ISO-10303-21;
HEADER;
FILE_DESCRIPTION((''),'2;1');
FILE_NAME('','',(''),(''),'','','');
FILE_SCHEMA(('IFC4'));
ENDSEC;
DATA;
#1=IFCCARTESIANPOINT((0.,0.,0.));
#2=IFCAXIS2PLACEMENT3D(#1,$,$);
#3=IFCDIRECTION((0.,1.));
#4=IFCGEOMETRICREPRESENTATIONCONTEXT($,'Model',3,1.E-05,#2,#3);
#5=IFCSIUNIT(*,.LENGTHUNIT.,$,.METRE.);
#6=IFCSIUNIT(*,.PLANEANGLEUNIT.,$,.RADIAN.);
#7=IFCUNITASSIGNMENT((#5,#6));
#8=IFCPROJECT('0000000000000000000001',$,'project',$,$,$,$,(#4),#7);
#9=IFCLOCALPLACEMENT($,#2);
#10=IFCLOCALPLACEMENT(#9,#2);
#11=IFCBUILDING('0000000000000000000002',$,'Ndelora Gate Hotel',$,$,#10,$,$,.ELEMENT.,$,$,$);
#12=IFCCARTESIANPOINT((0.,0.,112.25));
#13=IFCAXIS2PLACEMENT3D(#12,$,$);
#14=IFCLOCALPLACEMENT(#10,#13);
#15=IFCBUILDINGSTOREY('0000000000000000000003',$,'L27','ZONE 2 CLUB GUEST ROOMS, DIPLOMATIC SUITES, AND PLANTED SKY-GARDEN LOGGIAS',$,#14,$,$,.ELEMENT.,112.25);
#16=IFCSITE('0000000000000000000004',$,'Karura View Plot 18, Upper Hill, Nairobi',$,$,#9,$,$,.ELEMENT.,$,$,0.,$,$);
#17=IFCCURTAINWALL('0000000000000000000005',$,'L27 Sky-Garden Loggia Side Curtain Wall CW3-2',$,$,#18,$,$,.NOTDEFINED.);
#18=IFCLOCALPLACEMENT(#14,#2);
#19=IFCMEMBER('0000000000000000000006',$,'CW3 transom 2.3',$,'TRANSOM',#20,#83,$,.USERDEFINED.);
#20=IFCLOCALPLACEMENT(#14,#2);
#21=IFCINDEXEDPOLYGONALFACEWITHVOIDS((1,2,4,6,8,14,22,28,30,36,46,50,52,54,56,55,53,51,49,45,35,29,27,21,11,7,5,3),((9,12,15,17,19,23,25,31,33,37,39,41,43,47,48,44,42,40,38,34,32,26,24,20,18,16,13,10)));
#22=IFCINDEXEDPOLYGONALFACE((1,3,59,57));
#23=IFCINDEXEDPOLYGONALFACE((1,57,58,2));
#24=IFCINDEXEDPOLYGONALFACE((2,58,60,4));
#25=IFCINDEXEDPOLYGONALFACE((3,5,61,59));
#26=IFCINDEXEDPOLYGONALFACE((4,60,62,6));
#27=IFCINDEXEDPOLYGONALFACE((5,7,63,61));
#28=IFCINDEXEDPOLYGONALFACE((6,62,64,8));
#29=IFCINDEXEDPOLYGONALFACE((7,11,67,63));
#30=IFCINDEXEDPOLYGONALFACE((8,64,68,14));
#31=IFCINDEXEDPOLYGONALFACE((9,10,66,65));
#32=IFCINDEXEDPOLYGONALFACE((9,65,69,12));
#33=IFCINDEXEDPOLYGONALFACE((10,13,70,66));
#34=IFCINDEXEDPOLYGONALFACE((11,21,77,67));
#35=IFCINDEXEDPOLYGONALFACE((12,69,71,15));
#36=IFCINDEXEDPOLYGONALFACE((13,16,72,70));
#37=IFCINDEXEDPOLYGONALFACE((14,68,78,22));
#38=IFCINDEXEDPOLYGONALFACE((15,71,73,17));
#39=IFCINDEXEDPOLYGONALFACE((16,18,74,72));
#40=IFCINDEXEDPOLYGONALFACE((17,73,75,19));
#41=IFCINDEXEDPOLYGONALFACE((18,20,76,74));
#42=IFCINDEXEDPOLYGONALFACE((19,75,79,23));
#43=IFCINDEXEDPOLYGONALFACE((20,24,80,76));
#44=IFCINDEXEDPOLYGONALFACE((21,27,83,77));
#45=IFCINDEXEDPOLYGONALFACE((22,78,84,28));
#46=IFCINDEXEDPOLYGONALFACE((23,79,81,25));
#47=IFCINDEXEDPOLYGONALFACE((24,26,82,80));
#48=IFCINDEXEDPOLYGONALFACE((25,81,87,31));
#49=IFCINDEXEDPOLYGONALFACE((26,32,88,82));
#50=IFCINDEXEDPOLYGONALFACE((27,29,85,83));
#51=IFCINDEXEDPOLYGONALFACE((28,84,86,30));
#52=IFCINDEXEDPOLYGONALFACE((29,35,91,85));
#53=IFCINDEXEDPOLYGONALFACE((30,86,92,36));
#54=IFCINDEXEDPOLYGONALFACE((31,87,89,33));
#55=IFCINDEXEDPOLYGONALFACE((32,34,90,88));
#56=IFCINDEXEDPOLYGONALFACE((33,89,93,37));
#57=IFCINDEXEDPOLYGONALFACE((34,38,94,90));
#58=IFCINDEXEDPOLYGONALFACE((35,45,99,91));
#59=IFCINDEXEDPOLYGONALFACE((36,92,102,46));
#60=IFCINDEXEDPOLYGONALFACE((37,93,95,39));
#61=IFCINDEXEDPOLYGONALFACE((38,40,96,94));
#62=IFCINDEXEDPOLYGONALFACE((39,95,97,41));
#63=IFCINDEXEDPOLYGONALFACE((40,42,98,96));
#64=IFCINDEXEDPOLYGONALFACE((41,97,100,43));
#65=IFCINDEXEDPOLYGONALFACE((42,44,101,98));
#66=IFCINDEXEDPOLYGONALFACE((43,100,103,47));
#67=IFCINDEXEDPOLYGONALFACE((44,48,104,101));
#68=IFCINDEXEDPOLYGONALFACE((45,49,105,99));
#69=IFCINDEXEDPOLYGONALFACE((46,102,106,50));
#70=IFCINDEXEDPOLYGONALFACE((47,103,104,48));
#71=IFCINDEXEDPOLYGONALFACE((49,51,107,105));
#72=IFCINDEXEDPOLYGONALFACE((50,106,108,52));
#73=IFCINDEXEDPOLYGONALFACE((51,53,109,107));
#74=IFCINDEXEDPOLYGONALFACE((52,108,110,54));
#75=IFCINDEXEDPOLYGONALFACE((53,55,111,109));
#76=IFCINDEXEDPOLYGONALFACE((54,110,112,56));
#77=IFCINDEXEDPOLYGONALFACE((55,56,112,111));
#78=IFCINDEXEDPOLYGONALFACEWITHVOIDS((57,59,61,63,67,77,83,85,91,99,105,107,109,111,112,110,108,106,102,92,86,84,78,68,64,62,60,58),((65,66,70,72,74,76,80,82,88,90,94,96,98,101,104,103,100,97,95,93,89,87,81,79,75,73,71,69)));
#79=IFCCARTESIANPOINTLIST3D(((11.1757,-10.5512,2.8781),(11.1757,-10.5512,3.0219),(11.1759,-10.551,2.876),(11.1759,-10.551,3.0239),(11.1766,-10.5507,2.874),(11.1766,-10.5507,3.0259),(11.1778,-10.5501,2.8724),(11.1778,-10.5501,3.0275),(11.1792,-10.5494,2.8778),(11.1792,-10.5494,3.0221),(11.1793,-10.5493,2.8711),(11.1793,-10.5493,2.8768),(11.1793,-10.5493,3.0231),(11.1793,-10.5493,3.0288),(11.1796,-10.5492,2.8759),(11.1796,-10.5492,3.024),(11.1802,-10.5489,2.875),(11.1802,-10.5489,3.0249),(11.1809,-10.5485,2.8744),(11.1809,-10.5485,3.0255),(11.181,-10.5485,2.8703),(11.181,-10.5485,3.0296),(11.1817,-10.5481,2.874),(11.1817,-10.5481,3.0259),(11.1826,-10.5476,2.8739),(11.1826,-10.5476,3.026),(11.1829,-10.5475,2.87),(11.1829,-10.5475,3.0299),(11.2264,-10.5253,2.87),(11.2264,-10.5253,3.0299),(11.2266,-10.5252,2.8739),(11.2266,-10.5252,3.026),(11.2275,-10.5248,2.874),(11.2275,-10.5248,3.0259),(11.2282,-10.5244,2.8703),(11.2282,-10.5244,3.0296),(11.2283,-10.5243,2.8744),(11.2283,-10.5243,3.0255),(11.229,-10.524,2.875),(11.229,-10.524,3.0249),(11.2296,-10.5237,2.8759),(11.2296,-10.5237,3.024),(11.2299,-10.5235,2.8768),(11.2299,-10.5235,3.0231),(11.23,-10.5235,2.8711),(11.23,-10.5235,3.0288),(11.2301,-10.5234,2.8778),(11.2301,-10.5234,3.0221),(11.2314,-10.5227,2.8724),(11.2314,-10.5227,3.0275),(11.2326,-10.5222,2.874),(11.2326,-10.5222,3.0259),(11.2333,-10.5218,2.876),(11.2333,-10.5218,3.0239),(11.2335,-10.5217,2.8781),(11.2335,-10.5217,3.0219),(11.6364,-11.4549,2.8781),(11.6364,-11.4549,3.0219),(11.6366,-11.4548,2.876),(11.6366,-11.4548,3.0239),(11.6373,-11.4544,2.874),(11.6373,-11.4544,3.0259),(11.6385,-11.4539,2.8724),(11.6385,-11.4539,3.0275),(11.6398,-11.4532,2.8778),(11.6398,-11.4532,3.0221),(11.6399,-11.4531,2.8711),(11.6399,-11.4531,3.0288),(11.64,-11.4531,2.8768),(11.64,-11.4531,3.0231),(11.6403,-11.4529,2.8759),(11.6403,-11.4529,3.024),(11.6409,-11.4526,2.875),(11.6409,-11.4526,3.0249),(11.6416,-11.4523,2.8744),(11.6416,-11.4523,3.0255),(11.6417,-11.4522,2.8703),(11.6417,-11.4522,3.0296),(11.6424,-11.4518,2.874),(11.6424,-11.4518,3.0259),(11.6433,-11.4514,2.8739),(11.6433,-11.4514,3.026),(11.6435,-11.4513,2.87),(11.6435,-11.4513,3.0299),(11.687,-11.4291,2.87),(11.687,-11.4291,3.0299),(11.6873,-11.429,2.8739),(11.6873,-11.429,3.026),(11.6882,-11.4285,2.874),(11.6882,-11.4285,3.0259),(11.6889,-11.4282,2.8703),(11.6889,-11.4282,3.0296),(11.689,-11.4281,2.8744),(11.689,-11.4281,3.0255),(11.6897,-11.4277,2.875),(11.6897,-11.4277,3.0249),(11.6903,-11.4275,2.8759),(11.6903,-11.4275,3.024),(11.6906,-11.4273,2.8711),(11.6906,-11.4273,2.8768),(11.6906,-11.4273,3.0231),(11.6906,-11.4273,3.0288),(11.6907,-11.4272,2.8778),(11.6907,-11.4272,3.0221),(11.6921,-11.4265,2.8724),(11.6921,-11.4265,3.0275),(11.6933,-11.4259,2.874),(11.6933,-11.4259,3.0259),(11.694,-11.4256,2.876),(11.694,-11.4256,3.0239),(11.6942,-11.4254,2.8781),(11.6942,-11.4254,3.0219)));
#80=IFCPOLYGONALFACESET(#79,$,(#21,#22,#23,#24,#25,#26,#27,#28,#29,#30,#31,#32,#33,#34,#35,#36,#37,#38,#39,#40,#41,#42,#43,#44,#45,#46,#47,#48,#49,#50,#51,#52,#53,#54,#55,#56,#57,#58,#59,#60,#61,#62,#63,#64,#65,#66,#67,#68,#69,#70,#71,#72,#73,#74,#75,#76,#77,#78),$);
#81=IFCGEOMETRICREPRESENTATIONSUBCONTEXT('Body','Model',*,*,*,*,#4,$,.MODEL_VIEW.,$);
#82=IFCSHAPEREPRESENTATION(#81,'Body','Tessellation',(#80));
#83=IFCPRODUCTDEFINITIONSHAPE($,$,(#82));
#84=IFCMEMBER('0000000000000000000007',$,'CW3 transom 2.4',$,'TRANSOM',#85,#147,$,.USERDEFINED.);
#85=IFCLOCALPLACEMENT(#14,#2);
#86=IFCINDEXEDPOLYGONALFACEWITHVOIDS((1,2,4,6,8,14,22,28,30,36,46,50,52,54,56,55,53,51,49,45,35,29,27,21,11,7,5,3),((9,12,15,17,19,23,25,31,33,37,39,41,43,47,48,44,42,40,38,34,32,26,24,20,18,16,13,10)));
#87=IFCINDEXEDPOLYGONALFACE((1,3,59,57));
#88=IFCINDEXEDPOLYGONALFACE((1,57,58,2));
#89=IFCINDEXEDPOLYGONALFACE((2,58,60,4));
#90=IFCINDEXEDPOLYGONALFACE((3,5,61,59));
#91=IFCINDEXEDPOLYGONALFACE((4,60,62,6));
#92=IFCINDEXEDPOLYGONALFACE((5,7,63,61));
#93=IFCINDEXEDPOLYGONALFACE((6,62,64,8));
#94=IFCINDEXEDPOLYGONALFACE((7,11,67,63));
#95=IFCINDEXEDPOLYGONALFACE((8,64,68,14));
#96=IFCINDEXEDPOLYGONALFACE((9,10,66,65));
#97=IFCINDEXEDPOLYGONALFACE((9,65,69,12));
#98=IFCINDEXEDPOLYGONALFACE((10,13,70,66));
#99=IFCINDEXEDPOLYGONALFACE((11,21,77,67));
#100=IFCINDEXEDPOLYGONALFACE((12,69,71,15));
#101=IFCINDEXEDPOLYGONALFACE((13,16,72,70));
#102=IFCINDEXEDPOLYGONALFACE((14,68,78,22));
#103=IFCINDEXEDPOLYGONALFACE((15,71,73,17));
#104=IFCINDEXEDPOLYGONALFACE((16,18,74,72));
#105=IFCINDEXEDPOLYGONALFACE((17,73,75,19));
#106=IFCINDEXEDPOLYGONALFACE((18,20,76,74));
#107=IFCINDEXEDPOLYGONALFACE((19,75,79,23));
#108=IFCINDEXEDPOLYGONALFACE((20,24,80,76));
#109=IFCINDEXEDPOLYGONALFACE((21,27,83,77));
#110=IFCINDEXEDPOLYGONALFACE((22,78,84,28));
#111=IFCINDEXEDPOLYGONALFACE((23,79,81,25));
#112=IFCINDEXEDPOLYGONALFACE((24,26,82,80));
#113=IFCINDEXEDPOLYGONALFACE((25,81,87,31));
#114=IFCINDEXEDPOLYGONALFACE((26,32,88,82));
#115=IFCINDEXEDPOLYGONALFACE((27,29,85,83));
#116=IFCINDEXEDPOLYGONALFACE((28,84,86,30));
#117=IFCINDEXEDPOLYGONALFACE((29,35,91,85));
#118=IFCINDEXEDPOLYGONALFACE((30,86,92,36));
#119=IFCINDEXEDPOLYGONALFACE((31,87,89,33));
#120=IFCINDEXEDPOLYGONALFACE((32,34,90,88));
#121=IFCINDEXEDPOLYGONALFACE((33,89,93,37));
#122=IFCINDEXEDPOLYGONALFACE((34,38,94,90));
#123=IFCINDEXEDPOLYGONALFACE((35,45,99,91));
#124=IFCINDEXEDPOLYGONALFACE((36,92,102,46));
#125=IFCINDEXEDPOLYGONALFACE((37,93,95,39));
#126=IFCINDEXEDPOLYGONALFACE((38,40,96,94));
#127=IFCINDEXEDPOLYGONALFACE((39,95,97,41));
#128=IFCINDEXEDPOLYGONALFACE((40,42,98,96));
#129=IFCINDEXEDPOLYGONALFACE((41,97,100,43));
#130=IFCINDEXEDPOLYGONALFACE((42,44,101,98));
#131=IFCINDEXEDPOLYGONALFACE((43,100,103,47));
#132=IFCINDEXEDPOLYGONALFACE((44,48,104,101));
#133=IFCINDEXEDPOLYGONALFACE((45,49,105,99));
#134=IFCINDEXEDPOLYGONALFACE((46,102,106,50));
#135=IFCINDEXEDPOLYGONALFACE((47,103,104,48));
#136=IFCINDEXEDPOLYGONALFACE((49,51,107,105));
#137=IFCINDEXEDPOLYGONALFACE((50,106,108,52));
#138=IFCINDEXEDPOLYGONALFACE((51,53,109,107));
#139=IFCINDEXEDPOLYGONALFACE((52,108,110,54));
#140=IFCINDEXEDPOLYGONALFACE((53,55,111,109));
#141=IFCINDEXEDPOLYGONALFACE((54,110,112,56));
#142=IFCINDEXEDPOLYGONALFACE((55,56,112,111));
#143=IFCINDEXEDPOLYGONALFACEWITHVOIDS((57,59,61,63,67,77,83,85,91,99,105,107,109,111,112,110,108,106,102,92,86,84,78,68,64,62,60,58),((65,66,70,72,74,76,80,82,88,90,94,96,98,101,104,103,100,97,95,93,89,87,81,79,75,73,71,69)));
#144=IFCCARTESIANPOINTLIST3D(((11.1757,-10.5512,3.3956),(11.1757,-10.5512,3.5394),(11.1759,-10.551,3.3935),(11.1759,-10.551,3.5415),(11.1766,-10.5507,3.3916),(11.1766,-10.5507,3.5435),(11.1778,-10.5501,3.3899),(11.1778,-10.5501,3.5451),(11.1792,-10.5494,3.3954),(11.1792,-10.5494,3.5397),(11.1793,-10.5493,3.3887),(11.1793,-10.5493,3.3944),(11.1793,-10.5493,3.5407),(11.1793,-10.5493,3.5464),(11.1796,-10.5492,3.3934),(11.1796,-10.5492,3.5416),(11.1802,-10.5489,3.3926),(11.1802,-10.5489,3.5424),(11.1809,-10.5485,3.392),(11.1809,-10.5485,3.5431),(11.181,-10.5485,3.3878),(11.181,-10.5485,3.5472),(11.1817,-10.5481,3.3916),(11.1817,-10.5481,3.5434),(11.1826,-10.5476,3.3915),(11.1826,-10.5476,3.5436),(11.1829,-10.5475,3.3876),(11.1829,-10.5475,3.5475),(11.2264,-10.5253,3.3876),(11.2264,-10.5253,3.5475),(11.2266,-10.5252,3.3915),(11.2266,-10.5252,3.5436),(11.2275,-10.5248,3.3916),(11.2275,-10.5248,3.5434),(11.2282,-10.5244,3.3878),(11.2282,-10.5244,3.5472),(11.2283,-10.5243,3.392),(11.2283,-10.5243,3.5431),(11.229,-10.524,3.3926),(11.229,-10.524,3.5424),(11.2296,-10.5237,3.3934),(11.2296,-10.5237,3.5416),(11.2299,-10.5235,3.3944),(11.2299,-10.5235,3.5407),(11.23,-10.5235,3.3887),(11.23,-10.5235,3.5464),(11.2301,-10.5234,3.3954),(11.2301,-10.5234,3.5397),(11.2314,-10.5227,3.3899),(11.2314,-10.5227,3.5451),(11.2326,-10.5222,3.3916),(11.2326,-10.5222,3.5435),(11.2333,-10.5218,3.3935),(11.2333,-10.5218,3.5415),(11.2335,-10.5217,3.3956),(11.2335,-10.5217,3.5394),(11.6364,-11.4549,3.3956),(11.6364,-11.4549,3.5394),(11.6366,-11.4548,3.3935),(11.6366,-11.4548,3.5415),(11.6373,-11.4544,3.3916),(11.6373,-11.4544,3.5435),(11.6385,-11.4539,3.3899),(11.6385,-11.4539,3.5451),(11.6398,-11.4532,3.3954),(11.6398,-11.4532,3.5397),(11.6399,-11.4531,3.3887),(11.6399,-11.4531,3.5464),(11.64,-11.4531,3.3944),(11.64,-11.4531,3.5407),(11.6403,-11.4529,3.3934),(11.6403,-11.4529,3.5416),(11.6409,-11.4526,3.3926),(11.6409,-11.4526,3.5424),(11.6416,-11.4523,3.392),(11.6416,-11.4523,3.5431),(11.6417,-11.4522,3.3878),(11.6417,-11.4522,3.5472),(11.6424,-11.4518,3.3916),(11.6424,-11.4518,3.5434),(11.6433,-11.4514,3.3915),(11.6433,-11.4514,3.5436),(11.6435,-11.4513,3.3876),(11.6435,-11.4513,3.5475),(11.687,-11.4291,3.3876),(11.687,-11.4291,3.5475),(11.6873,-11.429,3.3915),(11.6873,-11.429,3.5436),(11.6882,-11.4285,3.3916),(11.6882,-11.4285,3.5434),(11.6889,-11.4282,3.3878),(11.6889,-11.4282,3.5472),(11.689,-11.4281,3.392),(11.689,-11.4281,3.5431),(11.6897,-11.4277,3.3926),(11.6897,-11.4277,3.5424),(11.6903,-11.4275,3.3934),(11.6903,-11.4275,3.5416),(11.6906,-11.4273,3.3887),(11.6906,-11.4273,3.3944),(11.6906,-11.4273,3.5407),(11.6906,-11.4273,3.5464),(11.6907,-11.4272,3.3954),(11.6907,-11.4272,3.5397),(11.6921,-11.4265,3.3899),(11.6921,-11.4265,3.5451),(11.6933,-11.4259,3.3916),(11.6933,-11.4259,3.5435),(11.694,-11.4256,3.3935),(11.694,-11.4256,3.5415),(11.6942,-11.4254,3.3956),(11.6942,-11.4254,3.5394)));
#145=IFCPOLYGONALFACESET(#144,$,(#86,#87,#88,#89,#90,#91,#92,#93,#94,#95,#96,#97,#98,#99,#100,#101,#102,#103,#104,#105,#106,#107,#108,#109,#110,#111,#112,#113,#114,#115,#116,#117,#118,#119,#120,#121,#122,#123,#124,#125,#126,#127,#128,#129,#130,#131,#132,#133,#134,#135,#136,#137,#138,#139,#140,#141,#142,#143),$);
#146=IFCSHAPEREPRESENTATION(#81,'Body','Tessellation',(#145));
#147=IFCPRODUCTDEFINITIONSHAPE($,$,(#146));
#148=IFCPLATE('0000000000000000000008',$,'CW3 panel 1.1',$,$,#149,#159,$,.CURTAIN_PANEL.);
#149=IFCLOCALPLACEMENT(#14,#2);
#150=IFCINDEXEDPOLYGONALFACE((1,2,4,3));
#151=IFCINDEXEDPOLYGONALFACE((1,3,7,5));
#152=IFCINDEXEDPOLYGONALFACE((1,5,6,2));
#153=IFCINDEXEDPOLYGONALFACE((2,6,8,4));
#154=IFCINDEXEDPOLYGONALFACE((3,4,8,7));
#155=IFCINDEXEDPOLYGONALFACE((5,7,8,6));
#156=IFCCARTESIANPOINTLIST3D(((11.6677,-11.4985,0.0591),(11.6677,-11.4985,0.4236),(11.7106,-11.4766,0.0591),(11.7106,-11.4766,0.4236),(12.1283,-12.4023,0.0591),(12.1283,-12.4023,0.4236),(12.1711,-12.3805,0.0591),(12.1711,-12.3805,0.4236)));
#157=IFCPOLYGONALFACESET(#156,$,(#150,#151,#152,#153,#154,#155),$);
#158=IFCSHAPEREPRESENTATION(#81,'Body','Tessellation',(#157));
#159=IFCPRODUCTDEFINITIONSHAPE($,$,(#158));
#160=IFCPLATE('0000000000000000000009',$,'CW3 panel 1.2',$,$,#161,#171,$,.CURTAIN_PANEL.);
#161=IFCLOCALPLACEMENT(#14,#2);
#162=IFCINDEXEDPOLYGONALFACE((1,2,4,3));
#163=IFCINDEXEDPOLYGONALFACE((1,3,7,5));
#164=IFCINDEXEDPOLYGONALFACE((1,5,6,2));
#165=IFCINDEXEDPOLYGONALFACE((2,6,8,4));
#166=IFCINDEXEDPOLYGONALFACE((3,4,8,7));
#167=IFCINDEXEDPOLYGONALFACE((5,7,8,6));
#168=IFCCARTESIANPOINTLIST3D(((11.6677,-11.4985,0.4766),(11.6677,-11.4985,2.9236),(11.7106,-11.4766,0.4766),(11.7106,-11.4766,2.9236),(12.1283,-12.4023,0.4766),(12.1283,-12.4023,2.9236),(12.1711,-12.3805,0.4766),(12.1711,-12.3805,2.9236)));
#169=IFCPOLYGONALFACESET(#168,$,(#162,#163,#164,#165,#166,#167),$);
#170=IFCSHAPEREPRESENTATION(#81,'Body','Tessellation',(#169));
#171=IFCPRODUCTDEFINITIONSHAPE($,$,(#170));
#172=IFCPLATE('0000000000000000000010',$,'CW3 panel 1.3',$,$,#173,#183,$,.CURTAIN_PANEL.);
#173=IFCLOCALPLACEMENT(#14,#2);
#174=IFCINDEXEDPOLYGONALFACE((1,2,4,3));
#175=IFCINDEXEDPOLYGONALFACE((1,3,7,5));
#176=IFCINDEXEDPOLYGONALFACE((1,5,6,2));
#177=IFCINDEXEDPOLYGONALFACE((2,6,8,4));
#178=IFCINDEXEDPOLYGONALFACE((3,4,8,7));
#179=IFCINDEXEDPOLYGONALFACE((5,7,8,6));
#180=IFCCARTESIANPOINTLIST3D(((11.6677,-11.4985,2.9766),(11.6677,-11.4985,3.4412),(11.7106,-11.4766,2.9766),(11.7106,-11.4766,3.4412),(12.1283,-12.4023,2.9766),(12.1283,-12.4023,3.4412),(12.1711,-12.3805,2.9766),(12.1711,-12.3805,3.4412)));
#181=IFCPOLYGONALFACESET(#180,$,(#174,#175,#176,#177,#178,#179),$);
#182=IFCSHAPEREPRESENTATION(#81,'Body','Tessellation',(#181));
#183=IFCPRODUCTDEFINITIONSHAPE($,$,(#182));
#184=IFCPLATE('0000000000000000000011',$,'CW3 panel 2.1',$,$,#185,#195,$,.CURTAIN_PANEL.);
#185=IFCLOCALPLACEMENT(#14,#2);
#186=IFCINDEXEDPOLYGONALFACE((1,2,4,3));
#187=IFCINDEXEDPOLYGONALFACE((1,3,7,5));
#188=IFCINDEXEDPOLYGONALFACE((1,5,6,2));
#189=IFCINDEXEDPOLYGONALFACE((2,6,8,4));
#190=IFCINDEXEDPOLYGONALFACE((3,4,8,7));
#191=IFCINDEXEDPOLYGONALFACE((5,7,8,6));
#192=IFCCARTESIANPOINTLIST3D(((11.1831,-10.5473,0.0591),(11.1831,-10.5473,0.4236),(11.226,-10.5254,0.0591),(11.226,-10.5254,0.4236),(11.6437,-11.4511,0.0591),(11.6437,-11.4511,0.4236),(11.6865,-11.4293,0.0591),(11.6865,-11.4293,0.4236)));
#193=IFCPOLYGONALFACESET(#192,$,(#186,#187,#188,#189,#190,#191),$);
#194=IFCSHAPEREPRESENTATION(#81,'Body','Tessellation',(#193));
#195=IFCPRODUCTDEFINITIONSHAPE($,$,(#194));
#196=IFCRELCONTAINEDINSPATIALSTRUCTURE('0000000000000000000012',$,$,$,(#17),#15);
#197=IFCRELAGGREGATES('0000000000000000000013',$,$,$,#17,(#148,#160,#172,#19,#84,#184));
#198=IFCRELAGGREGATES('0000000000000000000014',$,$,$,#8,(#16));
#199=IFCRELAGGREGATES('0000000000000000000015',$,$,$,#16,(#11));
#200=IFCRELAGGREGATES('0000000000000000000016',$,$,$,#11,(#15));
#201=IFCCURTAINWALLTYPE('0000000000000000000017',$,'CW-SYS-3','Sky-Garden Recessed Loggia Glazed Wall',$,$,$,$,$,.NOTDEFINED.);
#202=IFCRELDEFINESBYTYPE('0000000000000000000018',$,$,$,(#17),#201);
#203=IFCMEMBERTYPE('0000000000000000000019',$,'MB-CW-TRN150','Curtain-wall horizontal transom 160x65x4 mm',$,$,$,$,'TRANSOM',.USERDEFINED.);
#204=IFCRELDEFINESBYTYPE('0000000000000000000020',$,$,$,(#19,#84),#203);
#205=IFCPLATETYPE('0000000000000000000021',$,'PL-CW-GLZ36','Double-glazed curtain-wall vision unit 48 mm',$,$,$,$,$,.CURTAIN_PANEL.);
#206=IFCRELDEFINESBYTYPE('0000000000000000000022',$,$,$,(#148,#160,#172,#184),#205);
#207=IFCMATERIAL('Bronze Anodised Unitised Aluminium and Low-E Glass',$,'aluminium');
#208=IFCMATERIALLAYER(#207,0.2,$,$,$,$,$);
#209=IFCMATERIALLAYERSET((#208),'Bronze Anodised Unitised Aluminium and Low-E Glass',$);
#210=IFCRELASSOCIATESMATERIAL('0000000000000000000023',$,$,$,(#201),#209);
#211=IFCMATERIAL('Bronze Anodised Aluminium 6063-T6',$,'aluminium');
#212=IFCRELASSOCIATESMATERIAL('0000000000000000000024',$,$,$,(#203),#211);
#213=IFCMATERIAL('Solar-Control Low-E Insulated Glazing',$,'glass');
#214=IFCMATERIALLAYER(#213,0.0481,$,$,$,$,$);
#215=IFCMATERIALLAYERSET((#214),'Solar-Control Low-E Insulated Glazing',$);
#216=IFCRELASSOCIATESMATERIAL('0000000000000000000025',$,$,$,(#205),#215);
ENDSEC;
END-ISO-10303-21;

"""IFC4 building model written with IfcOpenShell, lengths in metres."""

from ifc_helpers import new_model, si_unit, direction, frame, origin, origin_2d, place, context, subcontext, project, spatial, rectangle, hollow_rectangle, extrude, material, layer, layer_set, material_profile, profile_set, type_object, element, aggregate, save


model = new_model("IFC4")

# Units and contexts
model_context = context("Model", 3, precision=1e-05, world=origin(), true_north=direction((0.0, 1.0)))
body_context = subcontext(model_context, "Body", "Model", "MODEL_VIEW")
ifc_project = project(units=[si_unit("LENGTHUNIT", "METRE"), si_unit("PLANEANGLEUNIT", "RADIAN")], contexts=[model_context])

# Site, building, storey
site_placement = place(None, origin())
site = spatial("IfcSite", under=ifc_project, at=site_placement, Name="Karura View Plot 18, Upper Hill, Nairobi", CompositionType="ELEMENT", RefElevation=0.0)
building_placement = place(site_placement, origin())
building = spatial("IfcBuilding", under=site, at=building_placement, Name="Ndelora Gate Hotel", CompositionType="ELEMENT")
storey_placement = place(building_placement, frame((0.0, 0.0, 112.25)))
storey = spatial("IfcBuildingStorey", under=building, at=storey_placement, Name="L27", Description="ZONE 2 CLUB GUEST ROOMS, DIPLOMATIC SUITES, AND PLANTED SKY-GARDEN LOGGIAS", CompositionType="ELEMENT", Elevation=112.25)

# Curtain wall, members, plates
ifc_material_1 = material(Name="Bronze Anodised Unitised Aluminium and Low-E Glass", Category="aluminium")
ifc_layer_1 = layer(ifc_material_1, 0.2)
ifc_layer_set_1 = layer_set([ifc_layer_1], Name="Bronze Anodised Unitised Aluminium and Low-E Glass")
curtain_wall_type = type_object("IfcCurtainWallType", Name="CW-SYS-3", Description="Sky-Garden Recessed Loggia Glazed Wall", PredefinedType="NOTDEFINED", material=ifc_layer_set_1)
curtain_wall_placement = place(storey_placement, origin())
curtain_wall = element("IfcCurtainWall", 1, at=curtain_wall_placement, inside=storey, type_object=curtain_wall_type, Name="L27 Sky-Garden Loggia Side Curtain Wall CW3-2", PredefinedType="NOTDEFINED")
ifc_material_2 = material(Name="Bronze Anodised Aluminium 6063-T6", Category="aluminium")
ifc_material_profile_1 = material_profile(ifc_material_2, hollow_rectangle(XDim=0.0649, YDim=0.1599, WallThickness=0.0039, InnerFilletRadius=0.0039, OuterFilletRadius=0.0081, at=origin_2d()), Name="ALU 160x65x4")
ifc_profile_set_1 = profile_set([ifc_material_profile_1], Name="Bronze Anodised Aluminium 6063-T6")
member_type_1 = type_object("IfcMemberType", Name="MB-CW-TRN150", Description="Curtain-wall horizontal transom 160x65x4 mm", ElementType="TRANSOM", PredefinedType="USERDEFINED", material=ifc_profile_set_1)
member_1_placement = place(storey_placement, frame((11.6653, -11.4402, 2.95), z_axis=(-0.454131, 0.890935, 0.0), x_axis=(-0.890935, -0.454131, 0.0)))
member_1 = element("IfcMember", 2, at=member_1_placement, type_object=member_type_1, Name="CW3 transom 2.3", ObjectType="TRANSOM", PredefinedType="USERDEFINED", context=body_context, shape_type="SweptSolid", body=[
    extrude(hollow_rectangle(XDim=0.0649, YDim=0.1599, WallThickness=0.0039, InnerFilletRadius=0.0039, OuterFilletRadius=0.0081, at=origin_2d()), origin(), (0.0, 0.0, 1.0), 1.0144),
])
member_2_placement = place(storey_placement, frame((11.6653, -11.4402, 3.4675), z_axis=(-0.454131, 0.890935, 0.0), x_axis=(-0.890935, -0.454131, 0.0)))
member_2 = element("IfcMember", 3, at=member_2_placement, type_object=member_type_1, Name="CW3 transom 2.4", ObjectType="TRANSOM", PredefinedType="USERDEFINED", context=body_context, shape_type="SweptSolid", body=[
    extrude(hollow_rectangle(XDim=0.0649, YDim=0.1599, WallThickness=0.0039, InnerFilletRadius=0.0039, OuterFilletRadius=0.0081, at=origin_2d()), origin(), (0.0, 0.0, 1.0), 1.0144),
])
ifc_material_3 = material(Name="Solar-Control Low-E Insulated Glazing", Category="glass")
ifc_layer_2 = layer(ifc_material_3, 0.0481)
ifc_layer_set_2 = layer_set([ifc_layer_2], Name="Solar-Control Low-E Insulated Glazing")
plate_type = type_object("IfcPlateType", Name="PL-CW-GLZ36", Description="Double-glazed curtain-wall vision unit 48 mm", PredefinedType="CURTAIN_PANEL", material=ifc_layer_set_2)
plate_1_placement = place(storey_placement, frame((11.9194, -11.9395, 0.0591), z_axis=(0.0, 0.0, 1.0), x_axis=(-0.454001, 0.891001, 0.0)))
plate_1 = element("IfcPlate", 4, at=plate_1_placement, type_object=plate_type, Name="CW3 panel 1.1", PredefinedType="CURTAIN_PANEL", context=body_context, shape_type="SweptSolid", body=[
    extrude(rectangle(XDim=1.0144, YDim=0.0481, at=origin_2d()), origin(), (0.0, 0.0, 1.0), 0.3645),
])
plate_2_placement = place(storey_placement, frame((11.9194, -11.9395, 0.4766), z_axis=(0.0, 0.0, 1.0), x_axis=(-0.454001, 0.891001, 0.0)))
plate_2 = element("IfcPlate", 5, at=plate_2_placement, type_object=plate_type, Name="CW3 panel 1.2", PredefinedType="CURTAIN_PANEL", context=body_context, shape_type="SweptSolid", body=[
    extrude(rectangle(XDim=1.0144, YDim=0.0481, at=origin_2d()), origin(), (0.0, 0.0, 1.0), 2.447),
])
plate_3_placement = place(storey_placement, frame((11.9194, -11.9395, 2.9766), z_axis=(0.0, 0.0, 1.0), x_axis=(-0.454001, 0.891001, 0.0)))
plate_3 = element("IfcPlate", 6, at=plate_3_placement, type_object=plate_type, Name="CW3 panel 1.3", PredefinedType="CURTAIN_PANEL", context=body_context, shape_type="SweptSolid", body=[
    extrude(rectangle(XDim=1.0144, YDim=0.0481, at=origin_2d()), origin(), (0.0, 0.0, 1.0), 0.4646),
])
plate_4_placement = place(storey_placement, frame((11.4348, -10.9883, 0.0591), z_axis=(0.0, 0.0, 1.0), x_axis=(-0.454001, 0.891001, 0.0)))
plate_4 = element("IfcPlate", 7, at=plate_4_placement, type_object=plate_type, Name="CW3 panel 2.1", PredefinedType="CURTAIN_PANEL", context=body_context, shape_type="SweptSolid", body=[
    extrude(rectangle(XDim=1.0144, YDim=0.0481, at=origin_2d()), origin(), (0.0, 0.0, 1.0), 0.3645),
])
aggregate(curtain_wall, [plate_1, plate_2, plate_3, member_1, member_2, plate_4])

save(model, "model.ifc")
